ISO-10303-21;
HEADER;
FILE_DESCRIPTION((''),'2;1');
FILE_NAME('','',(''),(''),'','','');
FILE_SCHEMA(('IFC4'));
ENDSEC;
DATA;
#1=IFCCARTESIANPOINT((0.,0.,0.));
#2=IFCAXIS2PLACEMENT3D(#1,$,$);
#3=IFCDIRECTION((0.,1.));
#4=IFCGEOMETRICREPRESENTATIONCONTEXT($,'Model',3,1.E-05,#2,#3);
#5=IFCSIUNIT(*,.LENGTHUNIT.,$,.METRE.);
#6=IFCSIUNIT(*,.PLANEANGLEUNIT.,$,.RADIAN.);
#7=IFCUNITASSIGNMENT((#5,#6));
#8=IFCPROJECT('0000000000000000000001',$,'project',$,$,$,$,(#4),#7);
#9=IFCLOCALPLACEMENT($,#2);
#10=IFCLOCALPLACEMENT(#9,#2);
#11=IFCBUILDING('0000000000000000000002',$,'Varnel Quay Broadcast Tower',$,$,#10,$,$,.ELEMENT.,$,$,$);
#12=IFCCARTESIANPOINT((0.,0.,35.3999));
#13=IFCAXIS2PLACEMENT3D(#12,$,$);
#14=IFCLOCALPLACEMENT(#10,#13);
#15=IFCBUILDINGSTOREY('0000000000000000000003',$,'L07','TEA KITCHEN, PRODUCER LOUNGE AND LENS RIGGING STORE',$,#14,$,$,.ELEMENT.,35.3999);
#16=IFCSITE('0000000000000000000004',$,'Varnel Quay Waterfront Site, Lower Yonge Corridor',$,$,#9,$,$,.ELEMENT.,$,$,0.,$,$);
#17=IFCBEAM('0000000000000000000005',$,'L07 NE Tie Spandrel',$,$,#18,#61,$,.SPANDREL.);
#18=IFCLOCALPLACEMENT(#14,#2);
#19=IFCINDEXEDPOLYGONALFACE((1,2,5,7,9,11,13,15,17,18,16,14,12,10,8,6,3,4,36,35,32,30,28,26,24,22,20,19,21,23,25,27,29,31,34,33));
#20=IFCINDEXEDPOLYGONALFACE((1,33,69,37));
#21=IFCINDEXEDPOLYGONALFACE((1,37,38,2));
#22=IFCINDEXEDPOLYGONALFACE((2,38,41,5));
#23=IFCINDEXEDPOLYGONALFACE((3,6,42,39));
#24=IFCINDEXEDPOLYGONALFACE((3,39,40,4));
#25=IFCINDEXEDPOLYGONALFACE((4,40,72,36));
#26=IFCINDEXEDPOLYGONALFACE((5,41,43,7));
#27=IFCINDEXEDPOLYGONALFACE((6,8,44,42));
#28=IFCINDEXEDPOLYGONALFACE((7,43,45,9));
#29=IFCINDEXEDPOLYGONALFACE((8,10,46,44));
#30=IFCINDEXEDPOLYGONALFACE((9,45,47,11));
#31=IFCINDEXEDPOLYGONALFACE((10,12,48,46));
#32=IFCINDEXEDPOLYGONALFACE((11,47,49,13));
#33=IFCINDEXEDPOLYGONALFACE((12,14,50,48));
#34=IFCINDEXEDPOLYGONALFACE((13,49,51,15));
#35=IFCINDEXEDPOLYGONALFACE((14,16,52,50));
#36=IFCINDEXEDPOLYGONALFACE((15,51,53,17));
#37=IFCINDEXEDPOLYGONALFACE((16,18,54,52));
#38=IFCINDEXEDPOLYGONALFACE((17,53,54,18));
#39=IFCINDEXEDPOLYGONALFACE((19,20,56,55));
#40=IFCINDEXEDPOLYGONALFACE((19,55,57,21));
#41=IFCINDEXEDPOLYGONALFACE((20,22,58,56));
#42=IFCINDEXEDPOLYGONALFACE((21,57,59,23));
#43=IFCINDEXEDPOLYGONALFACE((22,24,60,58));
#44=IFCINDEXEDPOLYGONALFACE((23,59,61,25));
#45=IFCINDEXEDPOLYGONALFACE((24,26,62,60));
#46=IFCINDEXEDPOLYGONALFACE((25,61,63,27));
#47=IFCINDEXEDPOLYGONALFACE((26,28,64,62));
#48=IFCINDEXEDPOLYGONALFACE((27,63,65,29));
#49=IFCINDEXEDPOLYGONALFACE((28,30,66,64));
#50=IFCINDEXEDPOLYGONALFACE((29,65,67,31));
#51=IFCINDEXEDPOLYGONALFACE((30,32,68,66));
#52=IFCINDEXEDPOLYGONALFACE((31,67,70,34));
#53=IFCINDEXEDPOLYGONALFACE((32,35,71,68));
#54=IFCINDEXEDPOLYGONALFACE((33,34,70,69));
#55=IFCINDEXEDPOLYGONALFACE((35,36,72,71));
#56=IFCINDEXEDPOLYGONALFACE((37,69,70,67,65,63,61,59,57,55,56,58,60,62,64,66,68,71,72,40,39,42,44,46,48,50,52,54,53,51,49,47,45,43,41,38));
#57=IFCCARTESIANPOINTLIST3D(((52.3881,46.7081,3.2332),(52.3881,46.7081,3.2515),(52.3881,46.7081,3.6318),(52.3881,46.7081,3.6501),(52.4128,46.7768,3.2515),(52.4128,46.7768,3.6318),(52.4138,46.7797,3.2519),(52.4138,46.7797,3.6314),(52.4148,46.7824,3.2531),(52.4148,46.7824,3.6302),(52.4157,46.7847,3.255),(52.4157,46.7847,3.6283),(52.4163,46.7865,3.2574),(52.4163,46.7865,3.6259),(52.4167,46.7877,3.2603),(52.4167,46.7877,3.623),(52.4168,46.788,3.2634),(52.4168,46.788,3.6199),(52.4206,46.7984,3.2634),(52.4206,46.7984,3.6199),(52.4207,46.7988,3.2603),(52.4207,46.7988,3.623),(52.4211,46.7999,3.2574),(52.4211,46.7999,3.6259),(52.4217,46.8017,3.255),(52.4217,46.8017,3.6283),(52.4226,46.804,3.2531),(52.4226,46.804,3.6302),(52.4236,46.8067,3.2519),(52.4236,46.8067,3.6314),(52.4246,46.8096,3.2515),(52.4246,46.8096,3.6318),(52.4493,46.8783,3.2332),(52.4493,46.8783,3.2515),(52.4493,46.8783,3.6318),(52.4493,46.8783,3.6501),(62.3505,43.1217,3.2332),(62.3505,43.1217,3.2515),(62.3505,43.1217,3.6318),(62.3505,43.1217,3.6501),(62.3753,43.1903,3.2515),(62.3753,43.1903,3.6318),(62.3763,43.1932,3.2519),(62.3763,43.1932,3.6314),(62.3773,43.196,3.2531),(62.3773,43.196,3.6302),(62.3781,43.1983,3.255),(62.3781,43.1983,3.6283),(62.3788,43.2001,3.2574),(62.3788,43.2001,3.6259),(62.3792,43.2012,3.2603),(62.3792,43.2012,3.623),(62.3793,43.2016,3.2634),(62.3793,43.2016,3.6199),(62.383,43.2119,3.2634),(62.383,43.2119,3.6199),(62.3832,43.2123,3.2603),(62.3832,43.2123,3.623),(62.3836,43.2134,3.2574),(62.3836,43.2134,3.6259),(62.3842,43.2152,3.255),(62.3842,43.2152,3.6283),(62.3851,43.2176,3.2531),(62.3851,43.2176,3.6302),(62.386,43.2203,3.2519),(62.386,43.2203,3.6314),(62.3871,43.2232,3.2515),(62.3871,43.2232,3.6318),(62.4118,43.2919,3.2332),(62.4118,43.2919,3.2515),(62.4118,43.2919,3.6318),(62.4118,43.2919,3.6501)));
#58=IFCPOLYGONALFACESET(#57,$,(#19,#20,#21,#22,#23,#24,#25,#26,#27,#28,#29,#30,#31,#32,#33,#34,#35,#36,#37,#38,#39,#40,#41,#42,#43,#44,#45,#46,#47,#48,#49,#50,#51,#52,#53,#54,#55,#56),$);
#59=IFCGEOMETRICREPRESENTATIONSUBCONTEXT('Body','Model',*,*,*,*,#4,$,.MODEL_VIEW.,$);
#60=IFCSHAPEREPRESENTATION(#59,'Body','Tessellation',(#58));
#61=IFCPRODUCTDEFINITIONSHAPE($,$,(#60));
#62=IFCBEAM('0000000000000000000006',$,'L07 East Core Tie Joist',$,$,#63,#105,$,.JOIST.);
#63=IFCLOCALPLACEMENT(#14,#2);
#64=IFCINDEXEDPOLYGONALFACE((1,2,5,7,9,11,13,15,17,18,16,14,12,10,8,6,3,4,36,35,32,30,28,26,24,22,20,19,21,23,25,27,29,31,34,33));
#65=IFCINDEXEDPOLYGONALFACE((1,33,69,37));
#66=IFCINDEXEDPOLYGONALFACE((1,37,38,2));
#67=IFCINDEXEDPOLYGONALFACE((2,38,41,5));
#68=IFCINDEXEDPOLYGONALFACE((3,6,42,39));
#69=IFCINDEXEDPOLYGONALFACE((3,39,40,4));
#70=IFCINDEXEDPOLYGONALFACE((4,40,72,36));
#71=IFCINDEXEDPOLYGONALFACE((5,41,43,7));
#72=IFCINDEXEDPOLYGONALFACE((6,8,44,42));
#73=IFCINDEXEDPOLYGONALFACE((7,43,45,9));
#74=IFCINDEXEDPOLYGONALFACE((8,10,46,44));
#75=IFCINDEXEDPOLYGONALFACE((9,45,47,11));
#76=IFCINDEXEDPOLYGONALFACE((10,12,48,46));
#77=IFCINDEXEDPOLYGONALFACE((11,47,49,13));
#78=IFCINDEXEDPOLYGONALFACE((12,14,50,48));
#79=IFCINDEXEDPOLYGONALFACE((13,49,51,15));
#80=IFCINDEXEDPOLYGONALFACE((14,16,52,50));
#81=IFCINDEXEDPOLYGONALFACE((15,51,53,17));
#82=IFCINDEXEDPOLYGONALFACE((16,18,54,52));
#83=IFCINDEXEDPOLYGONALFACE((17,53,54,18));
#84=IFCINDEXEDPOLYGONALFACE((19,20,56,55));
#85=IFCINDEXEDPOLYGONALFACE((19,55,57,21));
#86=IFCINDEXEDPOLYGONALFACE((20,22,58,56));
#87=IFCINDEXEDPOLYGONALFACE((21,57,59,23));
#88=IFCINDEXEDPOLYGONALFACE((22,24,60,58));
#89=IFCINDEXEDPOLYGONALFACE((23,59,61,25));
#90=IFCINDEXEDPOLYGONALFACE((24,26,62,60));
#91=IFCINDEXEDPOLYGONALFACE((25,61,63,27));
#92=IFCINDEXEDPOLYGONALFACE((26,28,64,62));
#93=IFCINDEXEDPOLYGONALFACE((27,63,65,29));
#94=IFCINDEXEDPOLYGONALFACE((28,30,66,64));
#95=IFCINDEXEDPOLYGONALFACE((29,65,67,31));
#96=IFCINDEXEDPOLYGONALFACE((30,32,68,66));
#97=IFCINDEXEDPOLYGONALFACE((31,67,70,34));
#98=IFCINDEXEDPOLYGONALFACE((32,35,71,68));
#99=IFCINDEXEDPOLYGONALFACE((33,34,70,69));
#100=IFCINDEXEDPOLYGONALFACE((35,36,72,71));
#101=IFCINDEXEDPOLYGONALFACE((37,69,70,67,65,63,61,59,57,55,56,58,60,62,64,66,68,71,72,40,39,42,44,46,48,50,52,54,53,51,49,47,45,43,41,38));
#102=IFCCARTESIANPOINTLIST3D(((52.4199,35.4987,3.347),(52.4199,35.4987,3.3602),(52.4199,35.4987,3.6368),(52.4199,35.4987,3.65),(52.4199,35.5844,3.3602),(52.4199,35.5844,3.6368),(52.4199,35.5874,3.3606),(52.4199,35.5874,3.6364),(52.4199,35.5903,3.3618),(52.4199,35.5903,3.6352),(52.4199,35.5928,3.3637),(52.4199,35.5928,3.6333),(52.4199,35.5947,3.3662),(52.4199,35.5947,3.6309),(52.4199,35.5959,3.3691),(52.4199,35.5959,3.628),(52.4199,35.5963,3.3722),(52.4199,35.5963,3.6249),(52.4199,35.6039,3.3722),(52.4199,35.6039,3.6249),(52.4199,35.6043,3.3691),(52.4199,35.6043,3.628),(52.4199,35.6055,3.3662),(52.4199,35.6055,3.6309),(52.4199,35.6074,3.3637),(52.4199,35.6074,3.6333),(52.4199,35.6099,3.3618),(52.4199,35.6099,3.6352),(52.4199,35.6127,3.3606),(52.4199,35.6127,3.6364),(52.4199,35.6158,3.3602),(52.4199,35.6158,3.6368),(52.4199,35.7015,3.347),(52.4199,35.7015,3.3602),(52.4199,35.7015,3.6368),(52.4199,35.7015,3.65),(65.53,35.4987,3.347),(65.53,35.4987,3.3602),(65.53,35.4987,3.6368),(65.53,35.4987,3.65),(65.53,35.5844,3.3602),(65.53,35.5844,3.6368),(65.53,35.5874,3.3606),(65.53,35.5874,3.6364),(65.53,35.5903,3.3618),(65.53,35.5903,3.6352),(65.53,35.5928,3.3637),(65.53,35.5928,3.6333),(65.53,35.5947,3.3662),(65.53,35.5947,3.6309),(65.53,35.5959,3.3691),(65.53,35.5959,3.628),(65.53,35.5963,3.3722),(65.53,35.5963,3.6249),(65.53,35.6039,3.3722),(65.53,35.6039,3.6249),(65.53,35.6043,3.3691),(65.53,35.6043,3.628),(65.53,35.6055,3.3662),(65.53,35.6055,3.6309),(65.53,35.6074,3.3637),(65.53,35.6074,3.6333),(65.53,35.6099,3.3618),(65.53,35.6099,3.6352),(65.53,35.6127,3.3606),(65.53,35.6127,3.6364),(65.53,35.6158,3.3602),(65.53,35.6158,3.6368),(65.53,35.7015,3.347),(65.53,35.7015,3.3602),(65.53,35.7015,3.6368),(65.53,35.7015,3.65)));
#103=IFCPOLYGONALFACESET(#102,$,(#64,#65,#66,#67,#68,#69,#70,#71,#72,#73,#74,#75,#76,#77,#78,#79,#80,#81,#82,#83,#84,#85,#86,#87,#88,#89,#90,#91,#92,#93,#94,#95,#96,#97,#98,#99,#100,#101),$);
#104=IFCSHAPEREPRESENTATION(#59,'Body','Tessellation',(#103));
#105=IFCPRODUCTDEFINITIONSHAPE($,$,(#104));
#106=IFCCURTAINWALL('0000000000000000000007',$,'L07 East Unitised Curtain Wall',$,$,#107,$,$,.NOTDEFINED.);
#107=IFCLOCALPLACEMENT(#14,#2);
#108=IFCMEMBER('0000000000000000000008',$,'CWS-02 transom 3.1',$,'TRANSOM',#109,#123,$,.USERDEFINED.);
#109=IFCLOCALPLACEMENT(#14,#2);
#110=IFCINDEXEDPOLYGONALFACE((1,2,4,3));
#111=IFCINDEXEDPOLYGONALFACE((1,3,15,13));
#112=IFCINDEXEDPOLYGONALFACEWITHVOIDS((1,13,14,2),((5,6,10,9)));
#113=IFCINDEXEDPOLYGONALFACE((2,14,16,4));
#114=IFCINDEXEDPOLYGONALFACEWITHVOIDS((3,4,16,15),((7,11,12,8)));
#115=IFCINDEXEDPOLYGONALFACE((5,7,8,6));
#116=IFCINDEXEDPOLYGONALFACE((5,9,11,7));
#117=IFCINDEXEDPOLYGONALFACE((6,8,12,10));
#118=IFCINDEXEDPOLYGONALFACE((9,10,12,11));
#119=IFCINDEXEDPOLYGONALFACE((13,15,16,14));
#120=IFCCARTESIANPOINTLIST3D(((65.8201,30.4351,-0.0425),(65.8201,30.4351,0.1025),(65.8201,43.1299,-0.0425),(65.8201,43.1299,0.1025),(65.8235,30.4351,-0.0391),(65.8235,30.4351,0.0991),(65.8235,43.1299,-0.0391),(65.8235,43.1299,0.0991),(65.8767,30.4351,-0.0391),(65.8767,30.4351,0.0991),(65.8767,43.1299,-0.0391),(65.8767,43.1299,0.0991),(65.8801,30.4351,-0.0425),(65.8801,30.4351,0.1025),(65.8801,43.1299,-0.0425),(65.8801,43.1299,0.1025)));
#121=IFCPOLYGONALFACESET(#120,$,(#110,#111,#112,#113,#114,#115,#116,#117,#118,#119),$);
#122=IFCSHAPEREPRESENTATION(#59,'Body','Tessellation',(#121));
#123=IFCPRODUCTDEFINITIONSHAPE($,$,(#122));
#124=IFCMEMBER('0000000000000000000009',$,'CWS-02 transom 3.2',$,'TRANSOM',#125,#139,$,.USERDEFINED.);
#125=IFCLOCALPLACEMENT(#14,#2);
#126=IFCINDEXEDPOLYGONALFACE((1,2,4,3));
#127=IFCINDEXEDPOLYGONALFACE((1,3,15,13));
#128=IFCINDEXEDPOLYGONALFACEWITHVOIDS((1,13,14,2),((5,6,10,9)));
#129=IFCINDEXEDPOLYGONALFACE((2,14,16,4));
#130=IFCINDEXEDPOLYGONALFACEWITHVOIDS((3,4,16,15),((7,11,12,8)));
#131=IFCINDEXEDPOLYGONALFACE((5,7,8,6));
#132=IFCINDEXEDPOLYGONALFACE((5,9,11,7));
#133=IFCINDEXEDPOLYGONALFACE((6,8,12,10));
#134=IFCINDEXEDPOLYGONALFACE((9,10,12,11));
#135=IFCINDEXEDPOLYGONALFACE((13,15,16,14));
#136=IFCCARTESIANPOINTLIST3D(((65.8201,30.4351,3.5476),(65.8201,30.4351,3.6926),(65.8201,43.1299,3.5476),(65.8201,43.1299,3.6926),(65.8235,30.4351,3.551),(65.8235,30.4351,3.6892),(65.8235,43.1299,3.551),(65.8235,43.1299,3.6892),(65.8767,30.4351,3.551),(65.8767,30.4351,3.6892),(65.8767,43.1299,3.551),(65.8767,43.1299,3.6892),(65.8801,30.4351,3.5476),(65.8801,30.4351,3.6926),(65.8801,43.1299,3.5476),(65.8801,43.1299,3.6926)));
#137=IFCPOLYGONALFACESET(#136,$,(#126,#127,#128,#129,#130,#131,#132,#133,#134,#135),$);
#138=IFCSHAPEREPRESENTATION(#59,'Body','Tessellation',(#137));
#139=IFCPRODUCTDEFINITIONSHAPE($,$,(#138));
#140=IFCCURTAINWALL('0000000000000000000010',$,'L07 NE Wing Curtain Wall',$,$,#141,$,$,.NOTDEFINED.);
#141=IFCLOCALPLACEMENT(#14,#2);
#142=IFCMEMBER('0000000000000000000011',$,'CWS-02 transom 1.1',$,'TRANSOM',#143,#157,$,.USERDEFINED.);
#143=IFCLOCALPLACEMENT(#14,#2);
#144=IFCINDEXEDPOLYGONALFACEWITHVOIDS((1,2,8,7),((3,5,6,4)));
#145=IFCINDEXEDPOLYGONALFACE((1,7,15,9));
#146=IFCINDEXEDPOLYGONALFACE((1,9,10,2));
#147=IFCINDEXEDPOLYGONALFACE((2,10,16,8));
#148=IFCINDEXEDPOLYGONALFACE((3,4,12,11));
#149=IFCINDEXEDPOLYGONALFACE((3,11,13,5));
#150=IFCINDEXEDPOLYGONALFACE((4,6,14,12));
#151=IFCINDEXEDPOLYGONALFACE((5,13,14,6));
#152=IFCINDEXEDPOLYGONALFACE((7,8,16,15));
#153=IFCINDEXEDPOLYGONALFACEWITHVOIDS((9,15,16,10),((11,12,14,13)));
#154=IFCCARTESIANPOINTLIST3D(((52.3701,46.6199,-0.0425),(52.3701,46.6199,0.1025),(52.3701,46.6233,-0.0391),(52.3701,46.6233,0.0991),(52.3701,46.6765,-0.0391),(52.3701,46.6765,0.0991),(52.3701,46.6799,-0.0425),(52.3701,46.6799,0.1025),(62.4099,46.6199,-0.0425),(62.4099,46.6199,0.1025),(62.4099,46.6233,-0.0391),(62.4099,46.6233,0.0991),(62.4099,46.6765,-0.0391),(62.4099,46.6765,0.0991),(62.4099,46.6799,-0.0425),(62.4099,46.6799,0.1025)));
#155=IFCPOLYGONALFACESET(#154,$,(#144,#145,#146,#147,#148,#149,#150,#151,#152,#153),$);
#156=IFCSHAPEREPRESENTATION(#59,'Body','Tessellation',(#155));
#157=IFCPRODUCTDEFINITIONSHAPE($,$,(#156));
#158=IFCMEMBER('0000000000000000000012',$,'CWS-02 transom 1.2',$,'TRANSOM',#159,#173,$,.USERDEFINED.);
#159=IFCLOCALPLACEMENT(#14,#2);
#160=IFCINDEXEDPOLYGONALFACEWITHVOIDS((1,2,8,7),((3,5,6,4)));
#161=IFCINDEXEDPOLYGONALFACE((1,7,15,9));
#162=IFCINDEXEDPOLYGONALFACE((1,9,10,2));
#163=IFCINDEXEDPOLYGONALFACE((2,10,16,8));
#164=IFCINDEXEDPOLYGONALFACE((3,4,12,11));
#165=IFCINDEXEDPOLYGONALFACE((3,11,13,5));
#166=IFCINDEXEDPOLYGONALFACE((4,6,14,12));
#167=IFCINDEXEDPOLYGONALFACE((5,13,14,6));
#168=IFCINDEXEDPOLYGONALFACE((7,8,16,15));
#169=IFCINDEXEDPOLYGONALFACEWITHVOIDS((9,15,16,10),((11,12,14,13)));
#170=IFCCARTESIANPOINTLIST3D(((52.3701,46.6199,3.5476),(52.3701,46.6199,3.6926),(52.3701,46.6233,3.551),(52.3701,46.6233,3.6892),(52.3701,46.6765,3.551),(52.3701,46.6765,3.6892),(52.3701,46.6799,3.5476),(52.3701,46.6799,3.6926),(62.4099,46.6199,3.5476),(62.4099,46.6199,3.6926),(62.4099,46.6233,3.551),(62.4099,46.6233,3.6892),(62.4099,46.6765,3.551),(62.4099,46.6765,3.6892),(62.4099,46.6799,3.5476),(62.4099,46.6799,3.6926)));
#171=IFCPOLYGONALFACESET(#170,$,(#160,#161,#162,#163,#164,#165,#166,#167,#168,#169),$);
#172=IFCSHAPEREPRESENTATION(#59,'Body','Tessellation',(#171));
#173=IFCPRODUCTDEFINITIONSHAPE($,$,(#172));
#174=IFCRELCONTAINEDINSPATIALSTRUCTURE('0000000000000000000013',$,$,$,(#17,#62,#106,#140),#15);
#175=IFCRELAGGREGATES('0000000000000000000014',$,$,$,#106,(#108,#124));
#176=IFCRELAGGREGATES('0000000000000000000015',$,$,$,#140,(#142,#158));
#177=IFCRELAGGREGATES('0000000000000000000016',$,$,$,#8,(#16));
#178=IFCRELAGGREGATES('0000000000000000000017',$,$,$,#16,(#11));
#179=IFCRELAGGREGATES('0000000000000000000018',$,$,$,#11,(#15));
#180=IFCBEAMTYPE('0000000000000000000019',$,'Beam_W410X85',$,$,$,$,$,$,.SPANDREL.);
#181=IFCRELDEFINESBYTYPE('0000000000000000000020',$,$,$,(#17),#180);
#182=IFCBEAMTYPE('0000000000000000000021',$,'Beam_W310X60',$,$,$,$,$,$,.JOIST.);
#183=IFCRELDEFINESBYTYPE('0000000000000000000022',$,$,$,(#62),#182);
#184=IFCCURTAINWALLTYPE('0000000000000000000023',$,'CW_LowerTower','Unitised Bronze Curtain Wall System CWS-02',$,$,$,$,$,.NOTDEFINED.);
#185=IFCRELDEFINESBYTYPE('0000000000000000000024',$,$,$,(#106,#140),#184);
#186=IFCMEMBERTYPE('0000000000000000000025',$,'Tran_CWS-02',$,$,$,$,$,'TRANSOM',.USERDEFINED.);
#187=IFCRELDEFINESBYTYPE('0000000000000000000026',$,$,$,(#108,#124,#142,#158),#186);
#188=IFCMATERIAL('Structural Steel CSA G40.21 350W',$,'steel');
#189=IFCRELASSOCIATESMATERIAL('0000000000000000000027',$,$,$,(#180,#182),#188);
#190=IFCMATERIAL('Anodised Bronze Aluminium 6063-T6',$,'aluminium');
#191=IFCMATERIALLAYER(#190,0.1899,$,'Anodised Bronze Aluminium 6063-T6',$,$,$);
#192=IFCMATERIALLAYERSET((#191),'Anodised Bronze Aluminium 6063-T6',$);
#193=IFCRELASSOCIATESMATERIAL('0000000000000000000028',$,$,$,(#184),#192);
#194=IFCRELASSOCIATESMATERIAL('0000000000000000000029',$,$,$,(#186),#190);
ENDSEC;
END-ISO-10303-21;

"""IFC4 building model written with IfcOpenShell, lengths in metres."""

from ifc_helpers import new_model, si_unit, direction, frame, origin, origin_2d, place, context, subcontext, project, spatial, hollow_rectangle, i_section, extrude, source, transform, mapped, material, layer, layer_set, material_profile, profile_set, type_object, type_shapes, element, aggregate, save


model = new_model("IFC4")

# Units and contexts
model_context = context("Model", 3, precision=1e-05, world=origin(), true_north=direction((0.0, 1.0)))
body_context = subcontext(model_context, "Body", "Model", "MODEL_VIEW")
ifc_project = project(units=[si_unit("LENGTHUNIT", "METRE"), si_unit("PLANEANGLEUNIT", "RADIAN")], contexts=[model_context])

# Site, building, storey
site_placement = place(None, origin())
site = spatial("IfcSite", under=ifc_project, at=site_placement, Name="Varnel Quay Waterfront Site, Lower Yonge Corridor", CompositionType="ELEMENT", RefElevation=0.0)
building_placement = place(site_placement, origin())
building = spatial("IfcBuilding", under=site, at=building_placement, Name="Varnel Quay Broadcast Tower", CompositionType="ELEMENT")
storey_placement = place(building_placement, frame((0.0, 0.0, 35.3999)))
storey = spatial("IfcBuildingStorey", under=building, at=storey_placement, Name="L07", Description="TEA KITCHEN, PRODUCER LOUNGE AND LENS RIGGING STORE", CompositionType="ELEMENT", Elevation=35.3999)

# Shared definitions
ifc_material_1 = material(Name="Structural Steel CSA G40.21 350W", Category="steel")

# Beams
ifc_material_profile_1 = material_profile(ifc_material_1, i_section(OverallWidth=0.1809, OverallDepth=0.417, WebThickness=0.011, FlangeThickness=0.0183, FilletRadius=0.012, at=origin_2d()), Name="W410X85")
ifc_profile_set_1 = profile_set([ifc_material_profile_1], Name="Structural Steel CSA G40.21 350W")
beam_type_1 = type_object("IfcBeamType", Name="Beam_W410X85", PredefinedType="SPANDREL", material=ifc_profile_set_1)
shared_shape_1 = source(origin(), body_context, "Body", "SweptSolid", [
    extrude(i_section(OverallWidth=0.1809, OverallDepth=0.417, WebThickness=0.011, FlangeThickness=0.0183, FilletRadius=0.012, at=origin_2d()), origin(), (0.0, 0.0, 1.0), 10.5884),
])
beam_1_placement = place(storey_placement, frame((52.4187, 46.7932, 3.4417), z_axis=(0.940889, -0.338716, 0.0), x_axis=(0.338716, 0.940889, 0.0)))
element("IfcBeam", 1, at=beam_1_placement, inside=storey, type_object=beam_type_1, Name="L07 NE Tie Spandrel", PredefinedType="SPANDREL", context=body_context, shape_type="MappedRepresentation", body=[
    mapped(shared_shape_1, transform((0.0, 0.0, 0.0), x_axis=(1.0, 0.0, 0.0), y_axis=(0.0, 1.0, 0.0), z_axis=(0.0, 0.0, 1.0), scale=1.0)),
])
ifc_material_profile_2 = material_profile(ifc_material_1, i_section(OverallWidth=0.2029, OverallDepth=0.303, WebThickness=0.0076, FlangeThickness=0.0132, FilletRadius=0.012, at=origin_2d()), Name="W310X60")
ifc_profile_set_2 = profile_set([ifc_material_profile_2], Name="Structural Steel CSA G40.21 350W")
beam_type_2 = type_object("IfcBeamType", Name="Beam_W310X60", PredefinedType="JOIST", material=ifc_profile_set_2)
shared_shape_2 = source(origin(), body_context, "Body", "SweptSolid", [
    extrude(i_section(OverallWidth=0.2029, OverallDepth=0.303, WebThickness=0.0076, FlangeThickness=0.0132, FilletRadius=0.012, at=origin_2d()), origin(), (0.0, 0.0, 1.0), 13.1101),
])
type_shapes(beam_type_2, [shared_shape_2])
beam_2_placement = place(storey_placement, frame((52.4199, 35.6001, 3.4985), z_axis=(1.0, 0.0, 0.0), x_axis=(0.0, 1.0, 0.0)))
element("IfcBeam", 2, at=beam_2_placement, inside=storey, type_object=beam_type_2, Name="L07 East Core Tie Joist", PredefinedType="JOIST", context=body_context, shape_type="MappedRepresentation", body=[
    mapped(shared_shape_2, transform((0.0, 0.0, 0.0), x_axis=(1.0, 0.0, 0.0), y_axis=(0.0, 1.0, 0.0), z_axis=(0.0, 0.0, 1.0), scale=1.0)),
])

# Curtain walls, members
ifc_material_2 = material(Name="Anodised Bronze Aluminium 6063-T6", Category="aluminium")
ifc_layer_1 = layer(ifc_material_2, 0.1899, Name="Anodised Bronze Aluminium 6063-T6")
ifc_layer_set_1 = layer_set([ifc_layer_1], Name="Anodised Bronze Aluminium 6063-T6")
curtain_wall_type = type_object("IfcCurtainWallType", Name="CW_LowerTower", Description="Unitised Bronze Curtain Wall System CWS-02", PredefinedType="NOTDEFINED", material=ifc_layer_set_1)
curtain_wall_1_placement = place(storey_placement, origin())
curtain_wall_1 = element("IfcCurtainWall", 3, at=curtain_wall_1_placement, inside=storey, type_object=curtain_wall_type, Name="L07 East Unitised Curtain Wall", PredefinedType="NOTDEFINED")
ifc_material_profile_3 = material_profile(ifc_material_2, hollow_rectangle(XDim=0.0601, YDim=0.145, WallThickness=0.0034, at=origin_2d()), Name="ALU60X145X3.5")
ifc_profile_set_3 = profile_set([ifc_material_profile_3], Name="Anodised Bronze Aluminium 6063-T6")
member_type_1 = type_object("IfcMemberType", Name="Tran_CWS-02", ElementType="TRANSOM", PredefinedType="USERDEFINED", material=ifc_profile_set_3)
shared_shape_3 = source(origin(), body_context, "Body", "SweptSolid", [
    extrude(hollow_rectangle(XDim=0.0601, YDim=0.145, WallThickness=0.0034, at=origin_2d()), origin(), (0.0, 0.0, 1.0), 12.6948),
])
member_1_placement = place(storey_placement, frame((65.8501, 30.4351, 0.03), z_axis=(0.0, 1.0, 0.0), x_axis=(-1.0, 0.0, 0.0)))
member_1 = element("IfcMember", 4, at=member_1_placement, type_object=member_type_1, Name="CWS-02 transom 3.1", ObjectType="TRANSOM", PredefinedType="USERDEFINED", context=body_context, shape_type="MappedRepresentation", body=[
    mapped(shared_shape_3, transform((0.0, 0.0, 0.0), x_axis=(1.0, 0.0, 0.0), y_axis=(0.0, 1.0, 0.0), z_axis=(0.0, 0.0, 1.0), scale=1.0)),
])
member_2_placement = place(storey_placement, frame((65.8501, 30.4351, 3.6201), z_axis=(0.0, 1.0, 0.0), x_axis=(-1.0, 0.0, 0.0)))
member_2 = element("IfcMember", 5, at=member_2_placement, type_object=member_type_1, Name="CWS-02 transom 3.2", ObjectType="TRANSOM", PredefinedType="USERDEFINED", context=body_context, shape_type="MappedRepresentation", body=[
    mapped(shared_shape_3, transform((0.0, 0.0, 0.0), x_axis=(1.0, 0.0, 0.0), y_axis=(0.0, 1.0, 0.0), z_axis=(0.0, 0.0, 1.0), scale=1.0)),
])
curtain_wall_2_placement = place(storey_placement, origin())
curtain_wall_2 = element("IfcCurtainWall", 6, at=curtain_wall_2_placement, inside=storey, type_object=curtain_wall_type, Name="L07 NE Wing Curtain Wall", PredefinedType="NOTDEFINED")
shared_shape_4 = source(origin(), body_context, "Body", "SweptSolid", [
    extrude(hollow_rectangle(XDim=0.0601, YDim=0.145, WallThickness=0.0034, at=origin_2d()), origin(), (0.0, 0.0, 1.0), 10.0398),
])
type_shapes(member_type_1, [shared_shape_3, shared_shape_4])
member_3_placement = place(storey_placement, frame((52.3701, 46.6499, 0.03), z_axis=(1.0, 0.0, 0.0), x_axis=(0.0, 1.0, 0.0)))
member_3 = element("IfcMember", 7, at=member_3_placement, type_object=member_type_1, Name="CWS-02 transom 1.1", ObjectType="TRANSOM", PredefinedType="USERDEFINED", context=body_context, shape_type="MappedRepresentation", body=[
    mapped(shared_shape_4, transform((0.0, 0.0, 0.0), x_axis=(1.0, 0.0, 0.0), y_axis=(0.0, 1.0, 0.0), z_axis=(0.0, 0.0, 1.0), scale=1.0)),
])
member_4_placement = place(storey_placement, frame((52.3701, 46.6499, 3.6201), z_axis=(1.0, 0.0, 0.0), x_axis=(0.0, 1.0, 0.0)))
member_4 = element("IfcMember", 8, at=member_4_placement, type_object=member_type_1, Name="CWS-02 transom 1.2", ObjectType="TRANSOM", PredefinedType="USERDEFINED", context=body_context, shape_type="MappedRepresentation", body=[
    mapped(shared_shape_4, transform((0.0, 0.0, 0.0), x_axis=(1.0, 0.0, 0.0), y_axis=(0.0, 1.0, 0.0), z_axis=(0.0, 0.0, 1.0), scale=1.0)),
])

aggregate(curtain_wall_1, [member_1, member_2])
aggregate(curtain_wall_2, [member_3, member_4])

save(model, "model.ifc")
